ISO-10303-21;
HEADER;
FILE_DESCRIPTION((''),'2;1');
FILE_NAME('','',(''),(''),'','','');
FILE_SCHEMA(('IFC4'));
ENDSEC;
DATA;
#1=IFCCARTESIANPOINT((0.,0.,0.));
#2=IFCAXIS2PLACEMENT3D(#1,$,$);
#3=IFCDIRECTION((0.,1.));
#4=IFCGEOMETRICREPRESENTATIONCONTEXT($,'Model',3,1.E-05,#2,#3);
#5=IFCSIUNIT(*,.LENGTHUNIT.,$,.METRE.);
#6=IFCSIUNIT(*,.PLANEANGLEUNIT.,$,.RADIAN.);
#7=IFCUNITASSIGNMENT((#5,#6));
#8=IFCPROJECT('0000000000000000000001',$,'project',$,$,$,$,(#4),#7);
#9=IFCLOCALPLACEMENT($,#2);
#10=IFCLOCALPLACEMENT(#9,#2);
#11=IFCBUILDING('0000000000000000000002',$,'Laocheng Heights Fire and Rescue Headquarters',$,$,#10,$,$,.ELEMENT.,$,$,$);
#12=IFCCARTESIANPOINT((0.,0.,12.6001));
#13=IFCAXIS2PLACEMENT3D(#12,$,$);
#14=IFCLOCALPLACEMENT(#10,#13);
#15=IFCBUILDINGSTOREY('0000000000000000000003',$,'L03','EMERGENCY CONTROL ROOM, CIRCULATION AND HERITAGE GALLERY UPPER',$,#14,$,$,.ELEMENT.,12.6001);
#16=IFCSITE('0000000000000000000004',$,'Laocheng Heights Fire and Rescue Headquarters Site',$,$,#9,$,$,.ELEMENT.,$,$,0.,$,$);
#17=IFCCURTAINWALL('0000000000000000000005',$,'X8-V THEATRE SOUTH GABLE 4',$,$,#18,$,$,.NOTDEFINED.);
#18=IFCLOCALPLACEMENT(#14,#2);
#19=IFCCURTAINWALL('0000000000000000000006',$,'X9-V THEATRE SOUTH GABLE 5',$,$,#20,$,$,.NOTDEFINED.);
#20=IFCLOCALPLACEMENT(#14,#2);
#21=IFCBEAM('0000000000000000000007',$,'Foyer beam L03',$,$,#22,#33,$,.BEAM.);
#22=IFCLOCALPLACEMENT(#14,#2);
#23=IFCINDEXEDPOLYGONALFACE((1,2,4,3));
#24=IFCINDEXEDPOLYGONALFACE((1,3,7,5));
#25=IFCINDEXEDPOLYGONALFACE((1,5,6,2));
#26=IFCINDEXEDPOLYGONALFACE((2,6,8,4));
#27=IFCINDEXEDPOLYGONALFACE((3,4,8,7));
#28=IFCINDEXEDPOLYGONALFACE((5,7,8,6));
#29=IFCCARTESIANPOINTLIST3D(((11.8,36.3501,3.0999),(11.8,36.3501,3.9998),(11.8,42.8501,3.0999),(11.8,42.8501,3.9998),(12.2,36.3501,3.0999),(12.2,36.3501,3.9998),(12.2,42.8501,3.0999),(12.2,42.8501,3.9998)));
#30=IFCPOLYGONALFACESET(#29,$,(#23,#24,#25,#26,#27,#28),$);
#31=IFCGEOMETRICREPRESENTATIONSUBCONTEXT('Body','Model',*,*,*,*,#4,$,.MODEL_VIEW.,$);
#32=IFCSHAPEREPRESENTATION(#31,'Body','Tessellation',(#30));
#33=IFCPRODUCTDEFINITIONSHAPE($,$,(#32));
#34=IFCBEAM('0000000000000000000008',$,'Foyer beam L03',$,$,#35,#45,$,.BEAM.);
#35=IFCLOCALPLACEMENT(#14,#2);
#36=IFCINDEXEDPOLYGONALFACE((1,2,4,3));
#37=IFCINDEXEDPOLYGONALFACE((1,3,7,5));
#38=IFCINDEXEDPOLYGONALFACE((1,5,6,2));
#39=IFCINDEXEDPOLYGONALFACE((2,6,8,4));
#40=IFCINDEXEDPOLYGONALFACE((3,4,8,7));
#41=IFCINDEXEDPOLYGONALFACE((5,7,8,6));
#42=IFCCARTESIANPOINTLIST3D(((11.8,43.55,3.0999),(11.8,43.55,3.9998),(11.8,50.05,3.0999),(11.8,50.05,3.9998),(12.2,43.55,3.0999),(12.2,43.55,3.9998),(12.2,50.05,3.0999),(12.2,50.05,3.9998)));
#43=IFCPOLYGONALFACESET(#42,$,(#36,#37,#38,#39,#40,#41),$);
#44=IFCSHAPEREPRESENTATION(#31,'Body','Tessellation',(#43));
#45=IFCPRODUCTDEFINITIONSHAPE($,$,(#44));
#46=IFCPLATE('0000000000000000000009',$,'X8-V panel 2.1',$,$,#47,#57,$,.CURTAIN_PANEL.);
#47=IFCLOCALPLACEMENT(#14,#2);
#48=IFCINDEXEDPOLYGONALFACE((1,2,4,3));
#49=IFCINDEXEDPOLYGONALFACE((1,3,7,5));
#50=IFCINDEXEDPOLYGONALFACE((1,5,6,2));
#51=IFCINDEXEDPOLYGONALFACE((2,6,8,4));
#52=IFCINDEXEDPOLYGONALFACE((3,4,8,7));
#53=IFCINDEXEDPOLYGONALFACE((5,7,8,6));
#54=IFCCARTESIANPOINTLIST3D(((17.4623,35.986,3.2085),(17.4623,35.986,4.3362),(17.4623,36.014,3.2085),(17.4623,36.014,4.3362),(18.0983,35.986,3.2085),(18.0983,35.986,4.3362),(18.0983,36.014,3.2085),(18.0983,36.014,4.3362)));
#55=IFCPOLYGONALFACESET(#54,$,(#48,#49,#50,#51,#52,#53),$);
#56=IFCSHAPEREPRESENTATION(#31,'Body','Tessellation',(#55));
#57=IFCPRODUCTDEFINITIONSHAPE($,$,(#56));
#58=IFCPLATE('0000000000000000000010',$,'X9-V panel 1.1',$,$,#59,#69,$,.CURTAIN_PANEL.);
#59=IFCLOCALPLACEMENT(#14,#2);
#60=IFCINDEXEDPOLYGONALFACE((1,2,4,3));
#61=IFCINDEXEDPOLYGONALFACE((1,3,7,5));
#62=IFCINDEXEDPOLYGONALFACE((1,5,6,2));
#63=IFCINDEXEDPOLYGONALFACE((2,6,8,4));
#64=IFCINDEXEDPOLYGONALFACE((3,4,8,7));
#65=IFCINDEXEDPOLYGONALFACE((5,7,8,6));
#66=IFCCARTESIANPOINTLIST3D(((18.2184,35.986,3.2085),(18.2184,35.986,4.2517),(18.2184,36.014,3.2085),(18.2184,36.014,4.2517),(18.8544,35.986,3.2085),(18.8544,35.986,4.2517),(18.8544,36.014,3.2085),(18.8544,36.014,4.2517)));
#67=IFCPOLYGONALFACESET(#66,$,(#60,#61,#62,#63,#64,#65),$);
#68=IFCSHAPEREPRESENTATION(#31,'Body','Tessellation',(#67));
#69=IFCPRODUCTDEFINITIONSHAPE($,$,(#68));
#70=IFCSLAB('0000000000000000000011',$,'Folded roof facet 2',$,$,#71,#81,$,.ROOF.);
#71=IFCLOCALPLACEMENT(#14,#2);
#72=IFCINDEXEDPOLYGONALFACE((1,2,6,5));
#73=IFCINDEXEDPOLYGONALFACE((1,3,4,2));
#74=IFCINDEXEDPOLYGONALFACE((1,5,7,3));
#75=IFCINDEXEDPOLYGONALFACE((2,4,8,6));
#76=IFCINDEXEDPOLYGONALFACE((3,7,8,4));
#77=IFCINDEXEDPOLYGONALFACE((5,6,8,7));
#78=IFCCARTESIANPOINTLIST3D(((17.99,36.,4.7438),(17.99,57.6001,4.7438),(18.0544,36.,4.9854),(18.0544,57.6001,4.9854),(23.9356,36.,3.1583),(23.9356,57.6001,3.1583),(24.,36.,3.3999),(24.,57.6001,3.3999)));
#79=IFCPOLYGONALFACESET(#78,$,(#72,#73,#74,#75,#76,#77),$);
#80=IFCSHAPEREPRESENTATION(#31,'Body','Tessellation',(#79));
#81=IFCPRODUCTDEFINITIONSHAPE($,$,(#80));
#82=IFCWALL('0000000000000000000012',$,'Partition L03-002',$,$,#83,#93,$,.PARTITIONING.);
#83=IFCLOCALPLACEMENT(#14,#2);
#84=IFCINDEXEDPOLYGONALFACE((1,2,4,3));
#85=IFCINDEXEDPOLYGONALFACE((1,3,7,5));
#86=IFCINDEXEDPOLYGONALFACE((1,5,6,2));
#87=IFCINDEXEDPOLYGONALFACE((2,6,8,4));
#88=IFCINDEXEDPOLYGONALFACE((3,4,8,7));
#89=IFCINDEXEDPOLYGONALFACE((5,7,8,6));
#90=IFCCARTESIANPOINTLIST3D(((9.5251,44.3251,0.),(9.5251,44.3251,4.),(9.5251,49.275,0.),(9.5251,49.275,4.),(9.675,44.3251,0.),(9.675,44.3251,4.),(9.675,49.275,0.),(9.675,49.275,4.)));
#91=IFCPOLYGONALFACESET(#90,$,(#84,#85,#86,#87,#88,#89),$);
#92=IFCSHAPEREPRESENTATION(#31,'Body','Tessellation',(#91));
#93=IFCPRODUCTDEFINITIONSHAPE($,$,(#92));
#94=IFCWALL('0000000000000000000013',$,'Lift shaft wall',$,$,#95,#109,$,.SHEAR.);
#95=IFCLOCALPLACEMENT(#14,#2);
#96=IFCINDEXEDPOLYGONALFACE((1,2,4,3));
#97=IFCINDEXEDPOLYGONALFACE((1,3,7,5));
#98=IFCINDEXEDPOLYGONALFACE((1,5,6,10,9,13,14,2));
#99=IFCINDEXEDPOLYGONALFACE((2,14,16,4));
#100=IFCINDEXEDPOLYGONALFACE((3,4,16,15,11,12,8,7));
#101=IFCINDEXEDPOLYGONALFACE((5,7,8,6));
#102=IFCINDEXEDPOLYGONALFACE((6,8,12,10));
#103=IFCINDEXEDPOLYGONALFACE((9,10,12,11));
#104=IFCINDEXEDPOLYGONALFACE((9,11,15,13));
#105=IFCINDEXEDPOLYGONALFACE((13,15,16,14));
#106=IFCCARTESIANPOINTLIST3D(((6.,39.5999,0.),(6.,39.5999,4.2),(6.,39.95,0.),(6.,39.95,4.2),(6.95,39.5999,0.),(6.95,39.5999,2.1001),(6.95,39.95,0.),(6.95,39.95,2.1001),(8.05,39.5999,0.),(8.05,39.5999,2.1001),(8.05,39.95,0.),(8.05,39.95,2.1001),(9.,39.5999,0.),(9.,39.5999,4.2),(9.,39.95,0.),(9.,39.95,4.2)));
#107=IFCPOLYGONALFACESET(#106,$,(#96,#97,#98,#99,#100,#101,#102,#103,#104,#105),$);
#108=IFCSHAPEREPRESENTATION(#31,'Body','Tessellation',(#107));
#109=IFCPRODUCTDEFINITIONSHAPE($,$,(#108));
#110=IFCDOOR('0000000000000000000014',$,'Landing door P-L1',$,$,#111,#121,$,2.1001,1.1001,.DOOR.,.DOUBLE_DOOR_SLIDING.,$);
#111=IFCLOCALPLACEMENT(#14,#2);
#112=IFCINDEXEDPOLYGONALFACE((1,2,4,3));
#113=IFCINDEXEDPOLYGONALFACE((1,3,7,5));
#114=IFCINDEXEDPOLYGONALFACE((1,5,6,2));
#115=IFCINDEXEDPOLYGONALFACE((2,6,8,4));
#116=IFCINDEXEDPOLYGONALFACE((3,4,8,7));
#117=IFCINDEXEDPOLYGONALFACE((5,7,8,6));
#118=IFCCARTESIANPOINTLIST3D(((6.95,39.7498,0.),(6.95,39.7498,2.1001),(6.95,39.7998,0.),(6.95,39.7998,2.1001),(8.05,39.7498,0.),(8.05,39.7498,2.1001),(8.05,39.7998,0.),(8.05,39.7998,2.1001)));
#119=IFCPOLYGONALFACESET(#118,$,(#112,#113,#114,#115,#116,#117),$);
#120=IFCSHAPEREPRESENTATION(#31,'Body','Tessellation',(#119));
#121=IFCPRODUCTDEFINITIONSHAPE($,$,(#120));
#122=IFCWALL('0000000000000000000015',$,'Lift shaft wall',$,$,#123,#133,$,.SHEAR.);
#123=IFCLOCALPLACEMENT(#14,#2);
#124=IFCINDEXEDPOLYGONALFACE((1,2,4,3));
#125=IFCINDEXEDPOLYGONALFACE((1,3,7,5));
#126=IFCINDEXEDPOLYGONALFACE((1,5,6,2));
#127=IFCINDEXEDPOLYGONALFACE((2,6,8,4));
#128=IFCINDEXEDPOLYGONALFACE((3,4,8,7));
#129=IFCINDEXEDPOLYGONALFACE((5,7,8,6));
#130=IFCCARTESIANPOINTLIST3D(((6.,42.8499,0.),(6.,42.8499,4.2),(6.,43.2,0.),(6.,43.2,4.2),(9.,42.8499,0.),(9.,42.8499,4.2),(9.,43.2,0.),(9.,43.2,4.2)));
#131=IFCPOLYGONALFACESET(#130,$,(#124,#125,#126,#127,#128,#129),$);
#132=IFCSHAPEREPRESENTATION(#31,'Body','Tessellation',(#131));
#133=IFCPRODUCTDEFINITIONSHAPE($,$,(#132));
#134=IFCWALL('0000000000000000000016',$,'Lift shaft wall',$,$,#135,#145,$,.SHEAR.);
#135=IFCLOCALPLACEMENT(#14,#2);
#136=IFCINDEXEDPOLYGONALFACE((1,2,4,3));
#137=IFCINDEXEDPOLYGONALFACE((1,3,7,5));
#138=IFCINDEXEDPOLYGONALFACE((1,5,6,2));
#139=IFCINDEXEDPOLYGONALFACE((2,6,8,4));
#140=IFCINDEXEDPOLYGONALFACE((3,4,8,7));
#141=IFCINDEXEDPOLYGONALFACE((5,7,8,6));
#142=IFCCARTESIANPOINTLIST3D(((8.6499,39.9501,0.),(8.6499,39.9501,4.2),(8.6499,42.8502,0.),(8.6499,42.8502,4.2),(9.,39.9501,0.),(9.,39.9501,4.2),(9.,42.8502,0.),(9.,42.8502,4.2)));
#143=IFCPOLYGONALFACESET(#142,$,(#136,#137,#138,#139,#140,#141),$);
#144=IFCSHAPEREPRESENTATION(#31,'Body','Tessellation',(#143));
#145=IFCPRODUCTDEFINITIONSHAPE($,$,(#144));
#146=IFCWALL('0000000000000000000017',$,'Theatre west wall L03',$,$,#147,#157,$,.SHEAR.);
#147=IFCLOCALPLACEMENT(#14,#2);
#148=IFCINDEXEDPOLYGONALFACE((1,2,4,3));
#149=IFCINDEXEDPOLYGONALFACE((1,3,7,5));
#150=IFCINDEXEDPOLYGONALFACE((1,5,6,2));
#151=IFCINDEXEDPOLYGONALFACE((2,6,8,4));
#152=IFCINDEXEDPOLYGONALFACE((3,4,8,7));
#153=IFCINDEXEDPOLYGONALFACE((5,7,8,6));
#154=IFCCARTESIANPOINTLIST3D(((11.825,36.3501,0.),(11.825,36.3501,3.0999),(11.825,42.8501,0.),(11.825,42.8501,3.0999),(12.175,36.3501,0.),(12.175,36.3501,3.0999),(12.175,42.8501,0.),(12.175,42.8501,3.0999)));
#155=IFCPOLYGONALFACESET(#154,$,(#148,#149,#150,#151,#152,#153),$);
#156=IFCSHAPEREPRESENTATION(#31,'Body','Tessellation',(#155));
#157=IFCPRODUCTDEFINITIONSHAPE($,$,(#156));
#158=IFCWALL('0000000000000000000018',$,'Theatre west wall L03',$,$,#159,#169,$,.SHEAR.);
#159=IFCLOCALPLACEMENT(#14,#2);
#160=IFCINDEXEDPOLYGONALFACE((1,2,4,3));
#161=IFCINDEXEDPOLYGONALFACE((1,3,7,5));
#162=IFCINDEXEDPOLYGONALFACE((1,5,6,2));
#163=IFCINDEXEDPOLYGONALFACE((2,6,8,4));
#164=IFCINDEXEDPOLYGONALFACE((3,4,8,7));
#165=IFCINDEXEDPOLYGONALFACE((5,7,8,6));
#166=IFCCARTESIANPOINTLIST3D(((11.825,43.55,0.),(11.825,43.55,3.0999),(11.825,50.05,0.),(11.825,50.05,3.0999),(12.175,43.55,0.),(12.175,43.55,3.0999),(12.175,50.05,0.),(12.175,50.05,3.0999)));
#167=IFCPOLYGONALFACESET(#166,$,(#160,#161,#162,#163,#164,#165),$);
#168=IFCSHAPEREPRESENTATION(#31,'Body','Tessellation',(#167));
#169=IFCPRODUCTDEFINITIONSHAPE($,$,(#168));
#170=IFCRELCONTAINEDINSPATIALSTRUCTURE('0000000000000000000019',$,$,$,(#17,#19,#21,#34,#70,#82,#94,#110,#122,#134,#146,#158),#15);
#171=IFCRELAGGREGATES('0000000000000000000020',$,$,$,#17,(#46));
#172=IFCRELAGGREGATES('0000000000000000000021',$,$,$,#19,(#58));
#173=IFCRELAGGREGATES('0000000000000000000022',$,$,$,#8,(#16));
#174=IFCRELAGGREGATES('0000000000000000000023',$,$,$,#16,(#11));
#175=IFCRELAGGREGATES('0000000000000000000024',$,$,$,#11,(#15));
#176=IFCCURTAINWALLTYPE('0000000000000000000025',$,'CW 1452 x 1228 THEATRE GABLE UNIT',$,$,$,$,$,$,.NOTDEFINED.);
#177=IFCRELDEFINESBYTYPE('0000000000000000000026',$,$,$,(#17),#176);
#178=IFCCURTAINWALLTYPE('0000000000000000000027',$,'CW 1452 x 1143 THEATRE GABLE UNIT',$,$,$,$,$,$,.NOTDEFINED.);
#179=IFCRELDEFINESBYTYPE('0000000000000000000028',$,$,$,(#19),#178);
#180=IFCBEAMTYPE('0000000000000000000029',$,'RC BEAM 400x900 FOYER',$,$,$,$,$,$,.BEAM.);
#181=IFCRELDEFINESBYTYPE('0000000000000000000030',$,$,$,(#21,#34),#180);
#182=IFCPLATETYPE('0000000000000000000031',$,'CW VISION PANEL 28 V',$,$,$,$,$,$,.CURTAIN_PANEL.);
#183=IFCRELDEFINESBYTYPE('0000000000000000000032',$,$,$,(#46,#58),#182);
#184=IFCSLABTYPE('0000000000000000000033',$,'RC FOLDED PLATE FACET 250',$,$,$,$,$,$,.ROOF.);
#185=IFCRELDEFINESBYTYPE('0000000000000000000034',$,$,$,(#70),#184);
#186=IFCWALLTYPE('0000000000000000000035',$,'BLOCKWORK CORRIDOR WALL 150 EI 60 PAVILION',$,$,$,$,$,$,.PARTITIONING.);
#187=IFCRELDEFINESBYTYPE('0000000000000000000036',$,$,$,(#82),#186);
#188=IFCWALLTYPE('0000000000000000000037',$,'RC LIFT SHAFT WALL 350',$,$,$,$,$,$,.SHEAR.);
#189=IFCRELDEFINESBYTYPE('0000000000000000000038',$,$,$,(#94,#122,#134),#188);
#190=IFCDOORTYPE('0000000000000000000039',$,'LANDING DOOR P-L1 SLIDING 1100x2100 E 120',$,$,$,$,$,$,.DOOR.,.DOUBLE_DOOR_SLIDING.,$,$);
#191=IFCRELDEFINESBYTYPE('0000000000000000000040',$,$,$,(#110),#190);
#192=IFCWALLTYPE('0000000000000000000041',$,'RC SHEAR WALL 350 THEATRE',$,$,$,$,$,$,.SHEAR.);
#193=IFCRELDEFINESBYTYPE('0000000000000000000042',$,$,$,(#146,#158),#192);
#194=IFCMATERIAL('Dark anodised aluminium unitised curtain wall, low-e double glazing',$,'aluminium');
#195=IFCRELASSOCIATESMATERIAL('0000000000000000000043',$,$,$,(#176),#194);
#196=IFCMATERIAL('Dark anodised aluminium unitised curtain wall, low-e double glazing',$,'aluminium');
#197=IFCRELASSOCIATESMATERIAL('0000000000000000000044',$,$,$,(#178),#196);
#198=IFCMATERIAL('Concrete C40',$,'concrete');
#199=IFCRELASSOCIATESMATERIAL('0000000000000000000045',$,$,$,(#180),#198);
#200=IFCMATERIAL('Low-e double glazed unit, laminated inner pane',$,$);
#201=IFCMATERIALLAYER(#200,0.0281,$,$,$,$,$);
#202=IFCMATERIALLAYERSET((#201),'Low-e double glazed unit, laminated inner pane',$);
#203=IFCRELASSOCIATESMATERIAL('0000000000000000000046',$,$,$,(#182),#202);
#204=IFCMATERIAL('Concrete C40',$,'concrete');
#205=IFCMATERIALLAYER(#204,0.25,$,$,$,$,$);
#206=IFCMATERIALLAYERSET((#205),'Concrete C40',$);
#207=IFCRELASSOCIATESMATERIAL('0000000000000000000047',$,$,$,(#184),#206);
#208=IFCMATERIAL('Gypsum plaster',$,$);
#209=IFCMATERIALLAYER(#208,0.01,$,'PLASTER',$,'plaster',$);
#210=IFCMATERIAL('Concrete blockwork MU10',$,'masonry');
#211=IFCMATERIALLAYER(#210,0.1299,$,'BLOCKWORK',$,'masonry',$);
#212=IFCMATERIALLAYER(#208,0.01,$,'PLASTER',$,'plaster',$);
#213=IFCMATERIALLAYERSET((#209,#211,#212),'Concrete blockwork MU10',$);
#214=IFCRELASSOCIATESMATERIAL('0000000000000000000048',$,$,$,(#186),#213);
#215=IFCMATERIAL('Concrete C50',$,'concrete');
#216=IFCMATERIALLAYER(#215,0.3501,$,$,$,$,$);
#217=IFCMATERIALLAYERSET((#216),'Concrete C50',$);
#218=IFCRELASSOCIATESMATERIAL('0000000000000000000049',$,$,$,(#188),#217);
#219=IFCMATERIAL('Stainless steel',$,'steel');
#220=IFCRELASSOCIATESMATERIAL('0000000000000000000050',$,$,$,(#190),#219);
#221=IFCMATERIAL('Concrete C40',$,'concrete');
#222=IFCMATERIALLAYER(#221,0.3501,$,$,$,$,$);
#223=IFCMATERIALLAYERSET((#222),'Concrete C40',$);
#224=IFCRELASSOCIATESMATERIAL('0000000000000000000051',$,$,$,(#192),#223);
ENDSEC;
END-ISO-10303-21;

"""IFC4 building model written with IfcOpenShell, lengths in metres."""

from ifc_helpers import new_model, si_unit, direction, frame, frame_2d, origin, origin_2d, place, context, subcontext, project, spatial, polyline, rectangle, outline, extrude, material, layer, layer_set, material_profile, profile_set, type_object, element, fill, aggregate, save


model = new_model("IFC4")

# Units and contexts
model_context = context("Model", 3, precision=1e-05, world=origin(), true_north=direction((0.0, 1.0)))
body_context = subcontext(model_context, "Body", "Model", "MODEL_VIEW")
ifc_project = project(units=[si_unit("LENGTHUNIT", "METRE"), si_unit("PLANEANGLEUNIT", "RADIAN")], contexts=[model_context])

# Site, building, storey
site_placement = place(None, origin())
site = spatial("IfcSite", under=ifc_project, at=site_placement, Name="Laocheng Heights Fire and Rescue Headquarters Site", CompositionType="ELEMENT", RefElevation=0.0)
building_placement = place(site_placement, origin())
building = spatial("IfcBuilding", under=site, at=building_placement, Name="Laocheng Heights Fire and Rescue Headquarters", CompositionType="ELEMENT")
storey_placement = place(building_placement, frame((0.0, 0.0, 12.6001)))
storey = spatial("IfcBuildingStorey", under=building, at=storey_placement, Name="L03", Description="EMERGENCY CONTROL ROOM, CIRCULATION AND HERITAGE GALLERY UPPER", CompositionType="ELEMENT", Elevation=12.6001)

# Curtain wall
ifc_material_1 = material(Name="Dark anodised aluminium unitised curtain wall, low-e double glazing", Category="aluminium")
curtain_wall_type_1 = type_object("IfcCurtainWallType", Name="CW 1452 x 1228 THEATRE GABLE UNIT", PredefinedType="NOTDEFINED", material=ifc_material_1)
curtain_wall_1_placement = place(storey_placement, origin())
curtain_wall_1 = element("IfcCurtainWall", 1, at=curtain_wall_1_placement, inside=storey, type_object=curtain_wall_type_1, Name="X8-V THEATRE SOUTH GABLE 4", PredefinedType="NOTDEFINED")

# Curtain wall
ifc_material_2 = material(Name="Dark anodised aluminium unitised curtain wall, low-e double glazing", Category="aluminium")
curtain_wall_type_2 = type_object("IfcCurtainWallType", Name="CW 1452 x 1143 THEATRE GABLE UNIT", PredefinedType="NOTDEFINED", material=ifc_material_2)
curtain_wall_2_placement = place(storey_placement, origin())
curtain_wall_2 = element("IfcCurtainWall", 2, at=curtain_wall_2_placement, inside=storey, type_object=curtain_wall_type_2, Name="X9-V THEATRE SOUTH GABLE 5", PredefinedType="NOTDEFINED")

# Beams
ifc_material_3 = material(Name="Concrete C40", Category="concrete")
ifc_material_profile_1 = material_profile(ifc_material_3, rectangle(XDim=0.3999, YDim=0.8999, at=origin_2d()), Name="RC BEAM 400x900 FOYER")
ifc_profile_set_1 = profile_set([ifc_material_profile_1], Name="Concrete C40")
beam_type_1 = type_object("IfcBeamType", Name="RC BEAM 400x900 FOYER", PredefinedType="BEAM", material=ifc_profile_set_1)
for number, where, z_axis, x_axis, name in (
    (3, (12.0, 36.3501, 3.5498), (0.0, 1.0, 0.0), (-1.0, 0.0, 0.0), "Foyer beam L03"),
    (4, (12.0, 43.55, 3.5498), (0.0, 1.0, 0.0), (-1.0, 0.0, 0.0), "Foyer beam L03"),
):
    element("IfcBeam", number, at=place(storey_placement, frame(where, z_axis=z_axis, x_axis=x_axis)), inside=storey, type_object=beam_type_1, Name=name, PredefinedType="BEAM", context=body_context, shape_type="SweptSolid", body=[
        extrude(rectangle(XDim=0.3999, YDim=0.8999, at=origin_2d()), origin(), (0.0, 0.0, 1.0), 6.5),
    ])

# Plates
ifc_material_4 = material(Name="Low-e double glazed unit, laminated inner pane")
ifc_layer_1 = layer(ifc_material_4, 0.0281)
ifc_layer_set_1 = layer_set([ifc_layer_1], Name="Low-e double glazed unit, laminated inner pane")
plate_type = type_object("IfcPlateType", Name="CW VISION PANEL 28 V", PredefinedType="CURTAIN_PANEL", material=ifc_layer_set_1)
plate_1_placement = place(storey_placement, frame((17.7803, 36.0, 3.2085), z_axis=(0.0, 0.0, 1.0), x_axis=(1.0, 0.0, 0.0)))
plate_1 = element("IfcPlate", 5, at=plate_1_placement, type_object=plate_type, Name="X8-V panel 2.1", PredefinedType="CURTAIN_PANEL", context=body_context, shape_type="SweptSolid", body=[
    extrude(rectangle(XDim=0.636, YDim=0.0281, at=origin_2d()), origin(), (0.0, 0.0, 1.0), 1.1277),
])
aggregate(curtain_wall_1, [plate_1])
plate_2_placement = place(storey_placement, frame((18.5364, 36.0, 3.2085), z_axis=(0.0, 0.0, 1.0), x_axis=(1.0, 0.0, 0.0)))
plate_2 = element("IfcPlate", 6, at=plate_2_placement, type_object=plate_type, Name="X9-V panel 1.1", PredefinedType="CURTAIN_PANEL", context=body_context, shape_type="SweptSolid", body=[
    extrude(rectangle(XDim=0.636, YDim=0.0281, at=origin_2d()), origin(), (0.0, 0.0, 1.0), 1.0432),
])
aggregate(curtain_wall_2, [plate_2])

# Slab
ifc_material_5 = material(Name="Concrete C40", Category="concrete")
ifc_layer_2 = layer(ifc_material_5, 0.25)
ifc_layer_set_2 = layer_set([ifc_layer_2], Name="Concrete C40")
slab_type = type_object("IfcSlabType", Name="RC FOLDED PLATE FACET 250", PredefinedType="ROOF", material=ifc_layer_set_2)
slab_placement = place(storey_placement, frame((18.0544, 36.0, 4.9854), z_axis=(0.257658, 0.0, 0.966236), x_axis=(0.966236, 0.0, -0.257658)))
element("IfcSlab", 7, at=slab_placement, inside=storey, type_object=slab_type, Name="Folded roof facet 2", PredefinedType="ROOF", context=body_context, shape_type="SweptSolid", body=[
    extrude(outline(polyline([(0.0, 0.0), (6.1533, 0.0), (6.1533, 21.6001), (0.0, 21.6001), (0.0, 0.0)])), origin(), (0.0, 0.0, -1.0), 0.25),
])

# Wall
ifc_material_6 = material(Name="Gypsum plaster")
ifc_layer_3 = layer(ifc_material_6, 0.01, Name="PLASTER", Category="plaster")
ifc_material_7 = material(Name="Concrete blockwork MU10", Category="masonry")
ifc_layer_4 = layer(ifc_material_7, 0.1299, Name="BLOCKWORK", Category="masonry")
ifc_layer_5 = layer(ifc_material_6, 0.01, Name="PLASTER", Category="plaster")
ifc_layer_set_3 = layer_set([ifc_layer_3, ifc_layer_4, ifc_layer_5], Name="Concrete blockwork MU10")
wall_type_1 = type_object("IfcWallType", Name="BLOCKWORK CORRIDOR WALL 150 EI 60 PAVILION", PredefinedType="PARTITIONING", material=ifc_layer_set_3)
wall_1_placement = place(storey_placement, frame((9.6001, 44.325, 0.0), z_axis=(0.0, 0.0, 1.0), x_axis=(0.0, 1.0, 0.0)))
element("IfcWall", 8, at=wall_1_placement, inside=storey, type_object=wall_type_1, Name="Partition L03-002", PredefinedType="PARTITIONING", context=body_context, shape_type="SweptSolid", body=[
    extrude(rectangle(XDim=4.95, YDim=0.1499, at=frame_2d((2.4751, 0.0))), origin(), (0.0, 0.0, 1.0), 4.0),
])

# Wall, opening, door
ifc_material_8 = material(Name="Concrete C50", Category="concrete")
ifc_layer_6 = layer(ifc_material_8, 0.3501)
ifc_layer_set_4 = layer_set([ifc_layer_6], Name="Concrete C50")
wall_type_2 = type_object("IfcWallType", Name="RC LIFT SHAFT WALL 350", PredefinedType="SHEAR", material=ifc_layer_set_4)
wall_2_placement = place(storey_placement, frame((6.0, 39.7749, 0.0), z_axis=(0.0, 0.0, 1.0), x_axis=(1.0, 0.0, 0.0)))
wall_2 = element("IfcWall", 9, at=wall_2_placement, inside=storey, type_object=wall_type_2, Name="Lift shaft wall", PredefinedType="SHEAR", context=body_context, shape_type="SweptSolid", body=[
    extrude(rectangle(XDim=3.0, YDim=0.3501, at=frame_2d((1.5, 0.0))), origin(), (0.0, 0.0, 1.0), 4.2),
])
opening_1_placement = place(wall_2_placement, frame((0.95, 0.0, 0.0)))
opening_1 = element("IfcOpeningElement", 10, at=opening_1_placement, cuts=wall_2, PredefinedType="OPENING", context=body_context, shape_type="SweptSolid", body=[
    extrude(rectangle(XDim=1.1001, YDim=2.1001, at=frame_2d((0.55, 1.05))), frame((0.0, 0.1851, 0.0), z_axis=(0.0, -1.0, 0.0), x_axis=(1.0, 0.0, 0.0)), (0.0, 0.0, 1.0), 0.3701),
])
ifc_material_9 = material(Name="Stainless steel", Category="steel")
door_type_1 = type_object("IfcDoorType", Name="LANDING DOOR P-L1 SLIDING 1100x2100 E 120", OperationType="DOUBLE_DOOR_SLIDING", PredefinedType="DOOR", material=ifc_material_9)
door_1_placement = place(opening_1_placement, origin())
door_1 = element("IfcDoor", 11, at=door_1_placement, inside=storey, type_object=door_type_1, Name="Landing door P-L1", OperationType="DOUBLE_DOOR_SLIDING", OverallHeight=2.1001, OverallWidth=1.1001, PredefinedType="DOOR", context=body_context, shape_type="SweptSolid", body=[
    extrude(rectangle(XDim=1.1001, YDim=2.1001, at=frame_2d((0.55, 1.05))), frame((0.0, 0.0249, 0.0), z_axis=(0.0, -1.0, 0.0), x_axis=(1.0, 0.0, 0.0)), (0.0, 0.0, 1.0), 0.05),
])
fill(opening_1, door_1)

# Walls
wall_3_placement = place(storey_placement, frame((6.0, 43.0249, 0.0), z_axis=(0.0, 0.0, 1.0), x_axis=(1.0, 0.0, 0.0)))
element("IfcWall", 12, at=wall_3_placement, inside=storey, type_object=wall_type_2, Name="Lift shaft wall", PredefinedType="SHEAR", context=body_context, shape_type="SweptSolid", body=[
    extrude(rectangle(XDim=3.0, YDim=0.3501, at=frame_2d((1.5, 0.0))), origin(), (0.0, 0.0, 1.0), 4.2),
])
wall_4_placement = place(storey_placement, frame((8.825, 39.95, 0.0), z_axis=(0.0, 0.0, 1.0), x_axis=(0.0, 1.0, 0.0)))
element("IfcWall", 13, at=wall_4_placement, inside=storey, type_object=wall_type_2, Name="Lift shaft wall", PredefinedType="SHEAR", context=body_context, shape_type="SweptSolid", body=[
    extrude(rectangle(XDim=2.9001, YDim=0.3501, at=frame_2d((1.4502, 0.0))), origin(), (0.0, 0.0, 1.0), 4.2),
])
ifc_material_10 = material(Name="Concrete C40", Category="concrete")
ifc_layer_7 = layer(ifc_material_10, 0.3501)
ifc_layer_set_5 = layer_set([ifc_layer_7], Name="Concrete C40")
wall_type_3 = type_object("IfcWallType", Name="RC SHEAR WALL 350 THEATRE", PredefinedType="SHEAR", material=ifc_layer_set_5)
for number, where, z_axis, x_axis, name in (
    (14, (12.0, 36.3501, 0.0), (0.0, 0.0, 1.0), (0.0, 1.0, 0.0), "Theatre west wall L03"),
    (15, (12.0, 43.55, 0.0), (0.0, 0.0, 1.0), (0.0, 1.0, 0.0), "Theatre west wall L03"),
):
    element("IfcWall", number, at=place(storey_placement, frame(where, z_axis=z_axis, x_axis=x_axis)), inside=storey, type_object=wall_type_3, Name=name, PredefinedType="SHEAR", context=body_context, shape_type="SweptSolid", body=[
        extrude(rectangle(XDim=6.5, YDim=0.3501, at=frame_2d((3.25, 0.0))), origin(), (0.0, 0.0, 1.0), 3.0999),
    ])

save(model, "model.ifc")
